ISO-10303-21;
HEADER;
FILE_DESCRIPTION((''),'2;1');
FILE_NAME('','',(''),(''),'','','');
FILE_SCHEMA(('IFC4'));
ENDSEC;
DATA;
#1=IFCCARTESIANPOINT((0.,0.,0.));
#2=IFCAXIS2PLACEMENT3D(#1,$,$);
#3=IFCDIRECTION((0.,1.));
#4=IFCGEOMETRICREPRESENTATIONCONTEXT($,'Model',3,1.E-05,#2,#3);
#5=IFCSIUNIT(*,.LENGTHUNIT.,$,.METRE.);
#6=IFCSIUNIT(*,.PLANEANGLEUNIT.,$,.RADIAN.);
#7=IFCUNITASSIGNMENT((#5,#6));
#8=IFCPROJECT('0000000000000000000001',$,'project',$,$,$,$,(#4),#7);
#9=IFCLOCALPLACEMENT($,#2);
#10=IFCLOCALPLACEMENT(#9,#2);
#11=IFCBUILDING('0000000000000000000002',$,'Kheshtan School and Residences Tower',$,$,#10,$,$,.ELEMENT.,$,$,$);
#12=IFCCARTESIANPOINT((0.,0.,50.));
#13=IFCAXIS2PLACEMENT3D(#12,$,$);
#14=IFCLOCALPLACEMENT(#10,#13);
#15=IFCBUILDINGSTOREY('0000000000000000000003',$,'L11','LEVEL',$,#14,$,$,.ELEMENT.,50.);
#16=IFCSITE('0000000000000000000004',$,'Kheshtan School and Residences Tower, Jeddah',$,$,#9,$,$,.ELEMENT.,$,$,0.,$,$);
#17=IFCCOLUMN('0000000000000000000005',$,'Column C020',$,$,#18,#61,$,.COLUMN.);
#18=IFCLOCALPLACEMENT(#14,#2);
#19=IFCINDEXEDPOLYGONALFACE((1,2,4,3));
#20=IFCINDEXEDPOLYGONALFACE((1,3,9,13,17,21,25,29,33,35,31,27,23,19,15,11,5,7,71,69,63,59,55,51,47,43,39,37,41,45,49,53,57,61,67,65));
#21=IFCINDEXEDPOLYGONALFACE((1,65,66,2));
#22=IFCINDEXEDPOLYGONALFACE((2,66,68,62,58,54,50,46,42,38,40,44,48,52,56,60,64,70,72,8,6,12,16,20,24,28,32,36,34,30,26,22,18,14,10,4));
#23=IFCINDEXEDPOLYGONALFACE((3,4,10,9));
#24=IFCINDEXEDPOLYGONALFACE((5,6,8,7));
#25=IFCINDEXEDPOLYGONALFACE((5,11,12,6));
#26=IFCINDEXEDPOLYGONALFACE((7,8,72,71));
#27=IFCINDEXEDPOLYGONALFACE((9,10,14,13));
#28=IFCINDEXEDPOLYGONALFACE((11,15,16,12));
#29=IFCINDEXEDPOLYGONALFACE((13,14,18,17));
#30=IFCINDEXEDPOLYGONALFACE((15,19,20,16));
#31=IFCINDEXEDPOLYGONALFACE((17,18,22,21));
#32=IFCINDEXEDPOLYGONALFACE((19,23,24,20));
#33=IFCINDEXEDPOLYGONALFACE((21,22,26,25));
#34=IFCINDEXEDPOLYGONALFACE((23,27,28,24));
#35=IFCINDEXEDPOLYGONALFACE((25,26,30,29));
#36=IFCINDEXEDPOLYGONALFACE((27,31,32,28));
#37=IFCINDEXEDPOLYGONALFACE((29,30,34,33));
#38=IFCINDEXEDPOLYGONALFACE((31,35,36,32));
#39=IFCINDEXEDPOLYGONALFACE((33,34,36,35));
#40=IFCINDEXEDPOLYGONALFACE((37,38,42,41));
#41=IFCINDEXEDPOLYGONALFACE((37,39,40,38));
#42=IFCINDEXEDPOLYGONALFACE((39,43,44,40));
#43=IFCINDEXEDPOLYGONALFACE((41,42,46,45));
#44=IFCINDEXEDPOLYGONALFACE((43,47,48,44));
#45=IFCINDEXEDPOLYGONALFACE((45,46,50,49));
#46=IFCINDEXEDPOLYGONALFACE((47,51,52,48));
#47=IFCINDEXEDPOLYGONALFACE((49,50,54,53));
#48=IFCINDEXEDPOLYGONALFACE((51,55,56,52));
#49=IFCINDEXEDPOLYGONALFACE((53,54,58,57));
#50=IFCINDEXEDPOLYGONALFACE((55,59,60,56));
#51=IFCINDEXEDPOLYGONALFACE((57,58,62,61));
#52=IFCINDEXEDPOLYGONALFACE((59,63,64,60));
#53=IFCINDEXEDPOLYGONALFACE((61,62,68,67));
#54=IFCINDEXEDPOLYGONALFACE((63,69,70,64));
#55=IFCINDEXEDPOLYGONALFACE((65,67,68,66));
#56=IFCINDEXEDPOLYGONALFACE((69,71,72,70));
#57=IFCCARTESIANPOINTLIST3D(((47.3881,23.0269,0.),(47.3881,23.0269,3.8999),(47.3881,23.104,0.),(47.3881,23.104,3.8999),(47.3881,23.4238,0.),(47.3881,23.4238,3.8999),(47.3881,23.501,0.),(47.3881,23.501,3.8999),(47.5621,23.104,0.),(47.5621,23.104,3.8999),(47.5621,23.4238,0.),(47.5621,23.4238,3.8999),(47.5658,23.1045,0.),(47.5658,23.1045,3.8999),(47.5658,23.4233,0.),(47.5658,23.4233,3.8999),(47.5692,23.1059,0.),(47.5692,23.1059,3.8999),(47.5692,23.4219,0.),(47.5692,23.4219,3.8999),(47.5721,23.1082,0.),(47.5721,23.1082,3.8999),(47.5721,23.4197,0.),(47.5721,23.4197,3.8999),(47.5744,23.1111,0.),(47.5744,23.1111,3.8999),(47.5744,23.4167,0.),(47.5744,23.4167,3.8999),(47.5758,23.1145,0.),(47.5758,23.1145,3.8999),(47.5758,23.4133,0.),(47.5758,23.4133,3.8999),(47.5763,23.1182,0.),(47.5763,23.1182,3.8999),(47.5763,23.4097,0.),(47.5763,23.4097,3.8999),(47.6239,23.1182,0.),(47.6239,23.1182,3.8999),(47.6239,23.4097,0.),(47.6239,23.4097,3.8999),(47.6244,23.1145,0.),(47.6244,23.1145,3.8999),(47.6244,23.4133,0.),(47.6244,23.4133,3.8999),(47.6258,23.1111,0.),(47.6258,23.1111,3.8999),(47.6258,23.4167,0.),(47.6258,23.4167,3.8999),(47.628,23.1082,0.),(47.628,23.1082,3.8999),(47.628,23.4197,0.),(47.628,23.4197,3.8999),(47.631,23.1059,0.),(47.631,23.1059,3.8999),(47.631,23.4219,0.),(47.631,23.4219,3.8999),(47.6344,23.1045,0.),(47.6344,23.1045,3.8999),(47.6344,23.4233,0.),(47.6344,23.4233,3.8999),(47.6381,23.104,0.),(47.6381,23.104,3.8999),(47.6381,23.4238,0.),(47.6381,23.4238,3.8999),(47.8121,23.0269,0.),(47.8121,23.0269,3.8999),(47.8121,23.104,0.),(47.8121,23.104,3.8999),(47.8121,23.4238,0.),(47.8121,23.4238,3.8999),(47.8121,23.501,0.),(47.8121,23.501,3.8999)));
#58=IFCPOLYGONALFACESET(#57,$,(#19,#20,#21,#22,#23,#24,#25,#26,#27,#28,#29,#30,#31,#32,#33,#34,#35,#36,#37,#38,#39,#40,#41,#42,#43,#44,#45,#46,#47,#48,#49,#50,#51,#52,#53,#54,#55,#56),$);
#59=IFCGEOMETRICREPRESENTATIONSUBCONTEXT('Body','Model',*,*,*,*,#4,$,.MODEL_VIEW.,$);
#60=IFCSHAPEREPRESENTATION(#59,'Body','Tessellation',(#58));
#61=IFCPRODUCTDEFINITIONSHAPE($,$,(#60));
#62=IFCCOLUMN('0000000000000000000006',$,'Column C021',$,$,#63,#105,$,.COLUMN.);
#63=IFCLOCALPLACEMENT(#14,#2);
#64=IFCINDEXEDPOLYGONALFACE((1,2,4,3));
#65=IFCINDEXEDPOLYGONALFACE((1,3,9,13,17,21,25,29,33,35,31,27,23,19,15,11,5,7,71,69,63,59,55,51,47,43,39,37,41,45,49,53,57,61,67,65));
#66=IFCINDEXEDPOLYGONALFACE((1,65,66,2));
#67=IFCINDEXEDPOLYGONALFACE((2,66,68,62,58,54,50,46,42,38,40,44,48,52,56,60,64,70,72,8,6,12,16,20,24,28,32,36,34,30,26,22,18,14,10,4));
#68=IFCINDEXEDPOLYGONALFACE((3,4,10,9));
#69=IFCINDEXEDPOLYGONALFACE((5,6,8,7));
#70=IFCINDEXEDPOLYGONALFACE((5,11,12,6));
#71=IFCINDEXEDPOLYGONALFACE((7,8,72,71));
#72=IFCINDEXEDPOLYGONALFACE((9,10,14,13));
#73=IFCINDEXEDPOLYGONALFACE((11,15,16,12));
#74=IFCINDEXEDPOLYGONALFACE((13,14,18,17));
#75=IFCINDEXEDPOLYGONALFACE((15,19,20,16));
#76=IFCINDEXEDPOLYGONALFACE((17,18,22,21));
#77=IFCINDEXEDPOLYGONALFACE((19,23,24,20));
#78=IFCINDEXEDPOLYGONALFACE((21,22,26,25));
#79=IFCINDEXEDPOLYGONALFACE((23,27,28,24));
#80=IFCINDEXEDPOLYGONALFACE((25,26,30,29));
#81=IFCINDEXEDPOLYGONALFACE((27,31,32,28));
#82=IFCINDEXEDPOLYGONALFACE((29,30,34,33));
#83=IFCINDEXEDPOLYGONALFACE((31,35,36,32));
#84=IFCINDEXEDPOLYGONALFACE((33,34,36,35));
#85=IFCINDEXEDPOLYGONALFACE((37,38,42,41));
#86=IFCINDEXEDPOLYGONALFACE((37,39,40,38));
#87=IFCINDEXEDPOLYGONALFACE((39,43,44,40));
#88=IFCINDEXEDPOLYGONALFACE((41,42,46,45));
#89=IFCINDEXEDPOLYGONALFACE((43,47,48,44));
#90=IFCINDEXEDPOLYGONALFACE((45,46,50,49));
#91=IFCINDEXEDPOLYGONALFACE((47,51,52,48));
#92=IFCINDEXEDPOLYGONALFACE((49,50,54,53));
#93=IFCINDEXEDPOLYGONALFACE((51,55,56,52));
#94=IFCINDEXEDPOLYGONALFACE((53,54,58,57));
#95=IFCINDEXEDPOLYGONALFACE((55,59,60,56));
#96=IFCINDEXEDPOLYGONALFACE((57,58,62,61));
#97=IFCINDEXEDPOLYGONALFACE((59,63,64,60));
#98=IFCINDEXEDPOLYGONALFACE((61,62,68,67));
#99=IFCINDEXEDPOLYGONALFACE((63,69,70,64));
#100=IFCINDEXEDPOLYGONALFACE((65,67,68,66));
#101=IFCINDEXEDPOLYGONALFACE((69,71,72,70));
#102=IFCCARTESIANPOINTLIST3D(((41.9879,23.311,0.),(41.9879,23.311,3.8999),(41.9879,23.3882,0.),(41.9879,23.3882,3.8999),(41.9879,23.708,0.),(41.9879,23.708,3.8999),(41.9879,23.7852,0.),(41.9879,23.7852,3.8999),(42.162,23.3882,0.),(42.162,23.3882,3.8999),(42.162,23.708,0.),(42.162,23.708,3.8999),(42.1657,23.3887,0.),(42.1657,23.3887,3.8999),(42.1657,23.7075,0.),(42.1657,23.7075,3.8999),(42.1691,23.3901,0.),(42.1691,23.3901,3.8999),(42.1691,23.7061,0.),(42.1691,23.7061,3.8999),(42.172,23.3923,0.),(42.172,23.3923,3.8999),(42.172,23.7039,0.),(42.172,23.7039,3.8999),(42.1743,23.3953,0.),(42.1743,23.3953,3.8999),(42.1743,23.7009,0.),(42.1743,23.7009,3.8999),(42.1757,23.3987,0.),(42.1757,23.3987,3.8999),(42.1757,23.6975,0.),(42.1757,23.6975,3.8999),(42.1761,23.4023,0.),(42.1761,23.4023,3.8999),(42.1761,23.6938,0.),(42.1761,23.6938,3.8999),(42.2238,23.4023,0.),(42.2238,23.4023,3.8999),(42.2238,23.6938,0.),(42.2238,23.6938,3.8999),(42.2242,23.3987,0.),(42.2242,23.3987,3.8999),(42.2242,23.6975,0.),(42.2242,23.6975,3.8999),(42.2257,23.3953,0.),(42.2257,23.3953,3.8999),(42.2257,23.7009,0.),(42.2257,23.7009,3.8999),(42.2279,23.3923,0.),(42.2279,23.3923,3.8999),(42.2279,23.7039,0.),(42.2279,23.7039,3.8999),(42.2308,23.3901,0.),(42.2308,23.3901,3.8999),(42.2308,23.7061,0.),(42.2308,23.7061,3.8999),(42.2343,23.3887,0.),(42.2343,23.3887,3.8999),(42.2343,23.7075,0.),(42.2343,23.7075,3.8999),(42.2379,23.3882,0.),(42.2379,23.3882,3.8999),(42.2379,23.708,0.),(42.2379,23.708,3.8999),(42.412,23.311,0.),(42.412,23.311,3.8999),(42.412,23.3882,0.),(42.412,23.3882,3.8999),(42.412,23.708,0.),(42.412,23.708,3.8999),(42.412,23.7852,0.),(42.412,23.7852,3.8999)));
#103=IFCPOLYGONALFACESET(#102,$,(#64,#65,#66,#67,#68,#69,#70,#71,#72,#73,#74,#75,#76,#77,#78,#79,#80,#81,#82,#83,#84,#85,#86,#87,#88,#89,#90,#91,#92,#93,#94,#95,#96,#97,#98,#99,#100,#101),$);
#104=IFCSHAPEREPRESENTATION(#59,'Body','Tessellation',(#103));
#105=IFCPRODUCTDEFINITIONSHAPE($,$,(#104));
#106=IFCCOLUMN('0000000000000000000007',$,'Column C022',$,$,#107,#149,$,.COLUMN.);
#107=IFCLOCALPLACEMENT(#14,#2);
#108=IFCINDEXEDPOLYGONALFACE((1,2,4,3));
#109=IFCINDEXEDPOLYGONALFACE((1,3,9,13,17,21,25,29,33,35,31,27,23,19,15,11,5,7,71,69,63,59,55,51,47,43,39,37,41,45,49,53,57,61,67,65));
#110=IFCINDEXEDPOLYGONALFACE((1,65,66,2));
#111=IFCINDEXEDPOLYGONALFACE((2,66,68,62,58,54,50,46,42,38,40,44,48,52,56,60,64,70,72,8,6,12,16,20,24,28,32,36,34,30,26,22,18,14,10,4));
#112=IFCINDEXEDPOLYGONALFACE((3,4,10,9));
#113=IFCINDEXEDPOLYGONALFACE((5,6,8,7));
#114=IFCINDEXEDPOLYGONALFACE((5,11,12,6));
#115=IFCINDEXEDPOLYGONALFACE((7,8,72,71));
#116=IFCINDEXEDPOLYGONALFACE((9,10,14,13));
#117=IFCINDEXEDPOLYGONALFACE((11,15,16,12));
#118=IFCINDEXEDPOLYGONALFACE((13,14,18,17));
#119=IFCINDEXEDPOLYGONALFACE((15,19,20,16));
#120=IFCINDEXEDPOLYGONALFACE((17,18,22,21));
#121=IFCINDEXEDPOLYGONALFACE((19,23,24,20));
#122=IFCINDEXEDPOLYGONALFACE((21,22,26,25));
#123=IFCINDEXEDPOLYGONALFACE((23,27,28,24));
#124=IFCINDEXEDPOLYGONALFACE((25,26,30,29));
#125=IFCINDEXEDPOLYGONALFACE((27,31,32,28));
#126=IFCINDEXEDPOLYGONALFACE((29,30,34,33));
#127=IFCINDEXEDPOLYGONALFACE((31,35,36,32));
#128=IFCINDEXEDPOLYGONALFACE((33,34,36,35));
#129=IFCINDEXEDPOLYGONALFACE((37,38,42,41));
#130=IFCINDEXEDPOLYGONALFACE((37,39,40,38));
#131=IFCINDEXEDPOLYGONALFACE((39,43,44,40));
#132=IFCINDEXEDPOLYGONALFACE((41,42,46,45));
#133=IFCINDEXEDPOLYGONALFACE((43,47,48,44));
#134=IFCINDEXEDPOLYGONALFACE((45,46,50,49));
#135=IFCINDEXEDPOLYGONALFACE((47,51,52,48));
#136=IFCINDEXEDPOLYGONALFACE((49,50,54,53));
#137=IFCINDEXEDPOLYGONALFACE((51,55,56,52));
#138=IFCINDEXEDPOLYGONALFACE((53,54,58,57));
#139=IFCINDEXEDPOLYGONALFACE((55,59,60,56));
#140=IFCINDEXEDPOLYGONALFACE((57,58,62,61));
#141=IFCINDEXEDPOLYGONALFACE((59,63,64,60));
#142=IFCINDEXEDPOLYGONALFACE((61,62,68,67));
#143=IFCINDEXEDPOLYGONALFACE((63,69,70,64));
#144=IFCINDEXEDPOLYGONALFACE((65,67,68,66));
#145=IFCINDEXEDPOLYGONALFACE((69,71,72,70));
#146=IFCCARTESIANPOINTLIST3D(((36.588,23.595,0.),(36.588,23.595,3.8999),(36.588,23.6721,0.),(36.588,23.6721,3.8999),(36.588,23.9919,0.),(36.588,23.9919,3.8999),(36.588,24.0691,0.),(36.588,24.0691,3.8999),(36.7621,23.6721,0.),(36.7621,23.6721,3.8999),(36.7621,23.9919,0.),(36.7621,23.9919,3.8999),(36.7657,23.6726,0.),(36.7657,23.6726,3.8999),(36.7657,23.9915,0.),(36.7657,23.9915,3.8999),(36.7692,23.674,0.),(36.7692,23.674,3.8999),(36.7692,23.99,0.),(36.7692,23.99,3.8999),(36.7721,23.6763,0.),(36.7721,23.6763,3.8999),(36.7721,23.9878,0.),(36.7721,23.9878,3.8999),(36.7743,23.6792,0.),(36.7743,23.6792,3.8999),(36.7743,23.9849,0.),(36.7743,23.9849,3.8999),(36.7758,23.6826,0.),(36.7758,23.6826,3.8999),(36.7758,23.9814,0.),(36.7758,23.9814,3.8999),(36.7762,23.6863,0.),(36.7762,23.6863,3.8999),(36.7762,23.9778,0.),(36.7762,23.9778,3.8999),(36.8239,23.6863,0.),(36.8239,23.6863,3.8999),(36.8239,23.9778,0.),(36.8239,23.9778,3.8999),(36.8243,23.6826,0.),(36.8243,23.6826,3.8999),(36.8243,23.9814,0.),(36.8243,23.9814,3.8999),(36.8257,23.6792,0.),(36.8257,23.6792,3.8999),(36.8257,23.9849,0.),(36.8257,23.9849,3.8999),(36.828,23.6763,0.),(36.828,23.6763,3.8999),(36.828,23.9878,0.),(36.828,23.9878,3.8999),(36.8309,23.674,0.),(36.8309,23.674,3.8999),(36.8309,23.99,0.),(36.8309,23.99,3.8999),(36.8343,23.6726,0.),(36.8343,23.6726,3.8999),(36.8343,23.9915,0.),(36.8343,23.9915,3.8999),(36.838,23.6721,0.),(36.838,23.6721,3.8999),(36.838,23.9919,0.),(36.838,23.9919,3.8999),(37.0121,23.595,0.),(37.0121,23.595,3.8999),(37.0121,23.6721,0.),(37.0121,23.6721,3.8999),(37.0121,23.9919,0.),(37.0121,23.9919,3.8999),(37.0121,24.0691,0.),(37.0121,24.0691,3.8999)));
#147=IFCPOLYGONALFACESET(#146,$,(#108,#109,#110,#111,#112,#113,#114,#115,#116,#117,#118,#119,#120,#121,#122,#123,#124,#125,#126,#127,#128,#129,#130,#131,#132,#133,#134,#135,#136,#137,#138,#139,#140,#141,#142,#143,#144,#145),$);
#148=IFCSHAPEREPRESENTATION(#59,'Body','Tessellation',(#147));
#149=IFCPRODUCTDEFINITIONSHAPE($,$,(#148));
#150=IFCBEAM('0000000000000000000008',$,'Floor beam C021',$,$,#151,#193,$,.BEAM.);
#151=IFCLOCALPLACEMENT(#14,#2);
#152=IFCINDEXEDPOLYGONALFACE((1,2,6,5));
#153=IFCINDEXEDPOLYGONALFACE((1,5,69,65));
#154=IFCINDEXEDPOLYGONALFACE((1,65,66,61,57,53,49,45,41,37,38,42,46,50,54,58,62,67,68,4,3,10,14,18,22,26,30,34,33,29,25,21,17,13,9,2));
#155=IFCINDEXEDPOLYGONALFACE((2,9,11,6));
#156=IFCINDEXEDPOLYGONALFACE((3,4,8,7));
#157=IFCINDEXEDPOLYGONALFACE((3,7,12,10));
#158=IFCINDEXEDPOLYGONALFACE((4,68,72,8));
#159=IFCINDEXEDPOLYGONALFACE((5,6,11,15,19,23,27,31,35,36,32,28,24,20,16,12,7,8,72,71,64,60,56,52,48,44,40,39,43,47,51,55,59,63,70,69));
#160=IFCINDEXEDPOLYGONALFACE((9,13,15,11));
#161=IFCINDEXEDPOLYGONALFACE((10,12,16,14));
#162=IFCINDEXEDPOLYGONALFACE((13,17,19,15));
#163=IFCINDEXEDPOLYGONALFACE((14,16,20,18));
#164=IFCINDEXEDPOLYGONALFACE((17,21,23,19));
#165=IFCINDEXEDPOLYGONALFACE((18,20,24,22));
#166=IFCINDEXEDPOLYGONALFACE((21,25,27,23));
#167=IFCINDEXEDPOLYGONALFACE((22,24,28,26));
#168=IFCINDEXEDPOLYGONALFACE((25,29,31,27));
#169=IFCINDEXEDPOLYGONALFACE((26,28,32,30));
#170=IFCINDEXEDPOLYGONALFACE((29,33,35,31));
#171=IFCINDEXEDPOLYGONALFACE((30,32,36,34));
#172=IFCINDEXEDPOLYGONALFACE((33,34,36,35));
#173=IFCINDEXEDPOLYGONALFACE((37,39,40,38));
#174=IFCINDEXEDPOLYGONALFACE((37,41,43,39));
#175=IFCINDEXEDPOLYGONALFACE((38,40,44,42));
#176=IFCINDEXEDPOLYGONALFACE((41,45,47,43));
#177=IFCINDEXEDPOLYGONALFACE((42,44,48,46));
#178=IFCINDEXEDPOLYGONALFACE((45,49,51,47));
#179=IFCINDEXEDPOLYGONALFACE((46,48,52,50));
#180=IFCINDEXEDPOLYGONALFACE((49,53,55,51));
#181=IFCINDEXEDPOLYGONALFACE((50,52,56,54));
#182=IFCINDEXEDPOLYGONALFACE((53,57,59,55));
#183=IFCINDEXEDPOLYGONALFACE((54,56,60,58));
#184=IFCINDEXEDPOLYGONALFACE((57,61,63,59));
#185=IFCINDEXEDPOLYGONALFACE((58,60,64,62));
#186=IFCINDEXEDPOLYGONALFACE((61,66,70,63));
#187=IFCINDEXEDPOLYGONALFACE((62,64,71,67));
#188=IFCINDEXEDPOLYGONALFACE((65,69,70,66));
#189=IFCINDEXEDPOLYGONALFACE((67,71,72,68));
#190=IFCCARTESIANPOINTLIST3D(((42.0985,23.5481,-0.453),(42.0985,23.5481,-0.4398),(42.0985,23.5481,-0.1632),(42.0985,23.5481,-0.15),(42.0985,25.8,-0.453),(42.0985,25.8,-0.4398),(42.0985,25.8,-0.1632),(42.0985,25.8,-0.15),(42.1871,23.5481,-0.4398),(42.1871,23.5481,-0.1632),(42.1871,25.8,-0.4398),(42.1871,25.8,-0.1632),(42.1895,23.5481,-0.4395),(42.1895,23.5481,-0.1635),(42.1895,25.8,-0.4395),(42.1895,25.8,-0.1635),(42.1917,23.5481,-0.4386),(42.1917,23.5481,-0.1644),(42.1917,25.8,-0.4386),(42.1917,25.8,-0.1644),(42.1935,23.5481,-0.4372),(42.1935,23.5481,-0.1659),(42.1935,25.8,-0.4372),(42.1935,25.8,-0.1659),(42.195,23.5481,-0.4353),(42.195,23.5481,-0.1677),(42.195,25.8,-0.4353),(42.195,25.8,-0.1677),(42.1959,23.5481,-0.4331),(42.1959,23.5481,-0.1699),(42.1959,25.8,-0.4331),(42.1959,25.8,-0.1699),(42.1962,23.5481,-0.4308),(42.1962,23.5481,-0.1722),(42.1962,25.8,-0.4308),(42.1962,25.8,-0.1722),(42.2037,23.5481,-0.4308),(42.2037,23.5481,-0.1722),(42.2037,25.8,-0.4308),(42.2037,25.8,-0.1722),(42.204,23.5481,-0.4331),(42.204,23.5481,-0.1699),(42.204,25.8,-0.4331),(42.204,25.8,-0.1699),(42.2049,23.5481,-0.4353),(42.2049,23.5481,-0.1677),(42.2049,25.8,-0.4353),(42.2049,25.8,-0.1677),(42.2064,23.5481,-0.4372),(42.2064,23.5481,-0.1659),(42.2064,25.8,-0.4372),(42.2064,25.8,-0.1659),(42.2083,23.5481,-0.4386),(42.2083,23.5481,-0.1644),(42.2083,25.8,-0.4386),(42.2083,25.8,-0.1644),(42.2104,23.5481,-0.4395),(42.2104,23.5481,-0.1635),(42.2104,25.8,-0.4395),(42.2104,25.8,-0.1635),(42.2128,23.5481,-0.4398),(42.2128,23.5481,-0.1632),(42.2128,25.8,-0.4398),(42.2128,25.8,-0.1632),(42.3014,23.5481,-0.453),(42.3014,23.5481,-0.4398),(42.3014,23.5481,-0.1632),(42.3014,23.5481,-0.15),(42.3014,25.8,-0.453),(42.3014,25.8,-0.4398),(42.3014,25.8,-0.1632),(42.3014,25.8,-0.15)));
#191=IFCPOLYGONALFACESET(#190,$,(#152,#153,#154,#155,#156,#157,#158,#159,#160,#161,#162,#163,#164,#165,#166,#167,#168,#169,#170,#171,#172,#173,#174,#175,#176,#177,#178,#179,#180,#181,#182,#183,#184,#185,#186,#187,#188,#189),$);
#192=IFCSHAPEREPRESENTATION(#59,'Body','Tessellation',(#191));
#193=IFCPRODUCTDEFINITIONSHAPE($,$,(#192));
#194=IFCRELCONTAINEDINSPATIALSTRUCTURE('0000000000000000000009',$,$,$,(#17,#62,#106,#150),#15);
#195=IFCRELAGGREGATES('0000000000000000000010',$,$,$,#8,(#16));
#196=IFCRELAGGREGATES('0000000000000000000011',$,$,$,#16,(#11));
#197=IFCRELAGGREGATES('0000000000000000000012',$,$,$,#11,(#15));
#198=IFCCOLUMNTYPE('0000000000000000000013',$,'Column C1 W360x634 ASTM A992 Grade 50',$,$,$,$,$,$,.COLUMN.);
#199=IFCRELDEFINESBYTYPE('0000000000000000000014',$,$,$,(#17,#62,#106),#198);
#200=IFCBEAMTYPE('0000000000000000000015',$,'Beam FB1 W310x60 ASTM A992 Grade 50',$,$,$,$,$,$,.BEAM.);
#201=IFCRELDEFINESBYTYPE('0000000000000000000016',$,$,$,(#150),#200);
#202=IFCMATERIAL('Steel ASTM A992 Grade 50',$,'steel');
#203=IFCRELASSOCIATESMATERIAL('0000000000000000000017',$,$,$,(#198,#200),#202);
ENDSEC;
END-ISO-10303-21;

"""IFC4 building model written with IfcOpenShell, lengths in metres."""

from ifc_helpers import new_model, si_unit, direction, frame, origin, origin_2d, place, context, subcontext, project, spatial, i_section, extrude, material, material_profile, profile_set, type_object, element, save


model = new_model("IFC4")

# Units and contexts
model_context = context("Model", 3, precision=1e-05, world=origin(), true_north=direction((0.0, 1.0)))
body_context = subcontext(model_context, "Body", "Model", "MODEL_VIEW")
ifc_project = project(units=[si_unit("LENGTHUNIT", "METRE"), si_unit("PLANEANGLEUNIT", "RADIAN")], contexts=[model_context])

# Site, building, storey
site_placement = place(None, origin())
site = spatial("IfcSite", under=ifc_project, at=site_placement, Name="Kheshtan School and Residences Tower, Jeddah", CompositionType="ELEMENT", RefElevation=0.0)
building_placement = place(site_placement, origin())
building = spatial("IfcBuilding", under=site, at=building_placement, Name="Kheshtan School and Residences Tower", CompositionType="ELEMENT")
storey_placement = place(building_placement, frame((0.0, 0.0, 50.0)))
storey = spatial("IfcBuildingStorey", under=building, at=storey_placement, Name="L11", Description="LEVEL", CompositionType="ELEMENT", Elevation=50.0)

# Columns
ifc_material_1 = material(Name="Steel ASTM A992 Grade 50", Category="steel")
ifc_material_profile_1 = material_profile(ifc_material_1, i_section(OverallWidth=0.4241, OverallDepth=0.4741, WebThickness=0.0476, FlangeThickness=0.0771, FilletRadius=0.0142, at=origin_2d()), Name="W360x634")
ifc_profile_set_1 = profile_set([ifc_material_profile_1], Name="Steel ASTM A992 Grade 50")
column_type = type_object("IfcColumnType", Name="Column C1 W360x634 ASTM A992 Grade 50", PredefinedType="COLUMN", material=ifc_profile_set_1)
for number, where, z_axis, x_axis, name in (
    (1, (47.6001, 23.2639, 0.0), (0.0, 0.0, 1.0), (1.0, 0.0, 0.0), "Column C020"),
    (2, (42.2, 23.5481, 0.0), (0.0, 0.0, 1.0), (1.0, 0.0, 0.0), "Column C021"),
    (3, (36.8, 23.832, 0.0), (0.0, 0.0, 1.0), (1.0, 0.0, 0.0), "Column C022"),
):
    element("IfcColumn", number, at=place(storey_placement, frame(where, z_axis=z_axis, x_axis=x_axis)), inside=storey, type_object=column_type, Name=name, PredefinedType="COLUMN", context=body_context, shape_type="SweptSolid", body=[
        extrude(i_section(OverallWidth=0.4241, OverallDepth=0.4741, WebThickness=0.0476, FlangeThickness=0.0771, FilletRadius=0.0142, at=origin_2d()), origin(), (0.0, 0.0, 1.0), 3.8999),
    ])

# Beam
ifc_material_profile_2 = material_profile(ifc_material_1, i_section(OverallWidth=0.2029, OverallDepth=0.303, WebThickness=0.0076, FlangeThickness=0.0132, FilletRadius=0.009, at=origin_2d()), Name="W310x60")
ifc_profile_set_2 = profile_set([ifc_material_profile_2], Name="Steel ASTM A992 Grade 50")
beam_type_1 = type_object("IfcBeamType", Name="Beam FB1 W310x60 ASTM A992 Grade 50", PredefinedType="BEAM", material=ifc_profile_set_2)
beam_1_placement = place(storey_placement, frame((42.2, 23.5481, -0.3015), z_axis=(0.0, 1.0, 0.0), x_axis=(-1.0, 0.0, 0.0)))
element("IfcBeam", 4, at=beam_1_placement, inside=storey, type_object=beam_type_1, Name="Floor beam C021", PredefinedType="BEAM", context=body_context, shape_type="SweptSolid", body=[
    extrude(i_section(OverallWidth=0.2029, OverallDepth=0.303, WebThickness=0.0076, FlangeThickness=0.0132, FilletRadius=0.009, at=origin_2d()), origin(), (0.0, 0.0, 1.0), 2.252),
])

save(model, "model.ifc")
